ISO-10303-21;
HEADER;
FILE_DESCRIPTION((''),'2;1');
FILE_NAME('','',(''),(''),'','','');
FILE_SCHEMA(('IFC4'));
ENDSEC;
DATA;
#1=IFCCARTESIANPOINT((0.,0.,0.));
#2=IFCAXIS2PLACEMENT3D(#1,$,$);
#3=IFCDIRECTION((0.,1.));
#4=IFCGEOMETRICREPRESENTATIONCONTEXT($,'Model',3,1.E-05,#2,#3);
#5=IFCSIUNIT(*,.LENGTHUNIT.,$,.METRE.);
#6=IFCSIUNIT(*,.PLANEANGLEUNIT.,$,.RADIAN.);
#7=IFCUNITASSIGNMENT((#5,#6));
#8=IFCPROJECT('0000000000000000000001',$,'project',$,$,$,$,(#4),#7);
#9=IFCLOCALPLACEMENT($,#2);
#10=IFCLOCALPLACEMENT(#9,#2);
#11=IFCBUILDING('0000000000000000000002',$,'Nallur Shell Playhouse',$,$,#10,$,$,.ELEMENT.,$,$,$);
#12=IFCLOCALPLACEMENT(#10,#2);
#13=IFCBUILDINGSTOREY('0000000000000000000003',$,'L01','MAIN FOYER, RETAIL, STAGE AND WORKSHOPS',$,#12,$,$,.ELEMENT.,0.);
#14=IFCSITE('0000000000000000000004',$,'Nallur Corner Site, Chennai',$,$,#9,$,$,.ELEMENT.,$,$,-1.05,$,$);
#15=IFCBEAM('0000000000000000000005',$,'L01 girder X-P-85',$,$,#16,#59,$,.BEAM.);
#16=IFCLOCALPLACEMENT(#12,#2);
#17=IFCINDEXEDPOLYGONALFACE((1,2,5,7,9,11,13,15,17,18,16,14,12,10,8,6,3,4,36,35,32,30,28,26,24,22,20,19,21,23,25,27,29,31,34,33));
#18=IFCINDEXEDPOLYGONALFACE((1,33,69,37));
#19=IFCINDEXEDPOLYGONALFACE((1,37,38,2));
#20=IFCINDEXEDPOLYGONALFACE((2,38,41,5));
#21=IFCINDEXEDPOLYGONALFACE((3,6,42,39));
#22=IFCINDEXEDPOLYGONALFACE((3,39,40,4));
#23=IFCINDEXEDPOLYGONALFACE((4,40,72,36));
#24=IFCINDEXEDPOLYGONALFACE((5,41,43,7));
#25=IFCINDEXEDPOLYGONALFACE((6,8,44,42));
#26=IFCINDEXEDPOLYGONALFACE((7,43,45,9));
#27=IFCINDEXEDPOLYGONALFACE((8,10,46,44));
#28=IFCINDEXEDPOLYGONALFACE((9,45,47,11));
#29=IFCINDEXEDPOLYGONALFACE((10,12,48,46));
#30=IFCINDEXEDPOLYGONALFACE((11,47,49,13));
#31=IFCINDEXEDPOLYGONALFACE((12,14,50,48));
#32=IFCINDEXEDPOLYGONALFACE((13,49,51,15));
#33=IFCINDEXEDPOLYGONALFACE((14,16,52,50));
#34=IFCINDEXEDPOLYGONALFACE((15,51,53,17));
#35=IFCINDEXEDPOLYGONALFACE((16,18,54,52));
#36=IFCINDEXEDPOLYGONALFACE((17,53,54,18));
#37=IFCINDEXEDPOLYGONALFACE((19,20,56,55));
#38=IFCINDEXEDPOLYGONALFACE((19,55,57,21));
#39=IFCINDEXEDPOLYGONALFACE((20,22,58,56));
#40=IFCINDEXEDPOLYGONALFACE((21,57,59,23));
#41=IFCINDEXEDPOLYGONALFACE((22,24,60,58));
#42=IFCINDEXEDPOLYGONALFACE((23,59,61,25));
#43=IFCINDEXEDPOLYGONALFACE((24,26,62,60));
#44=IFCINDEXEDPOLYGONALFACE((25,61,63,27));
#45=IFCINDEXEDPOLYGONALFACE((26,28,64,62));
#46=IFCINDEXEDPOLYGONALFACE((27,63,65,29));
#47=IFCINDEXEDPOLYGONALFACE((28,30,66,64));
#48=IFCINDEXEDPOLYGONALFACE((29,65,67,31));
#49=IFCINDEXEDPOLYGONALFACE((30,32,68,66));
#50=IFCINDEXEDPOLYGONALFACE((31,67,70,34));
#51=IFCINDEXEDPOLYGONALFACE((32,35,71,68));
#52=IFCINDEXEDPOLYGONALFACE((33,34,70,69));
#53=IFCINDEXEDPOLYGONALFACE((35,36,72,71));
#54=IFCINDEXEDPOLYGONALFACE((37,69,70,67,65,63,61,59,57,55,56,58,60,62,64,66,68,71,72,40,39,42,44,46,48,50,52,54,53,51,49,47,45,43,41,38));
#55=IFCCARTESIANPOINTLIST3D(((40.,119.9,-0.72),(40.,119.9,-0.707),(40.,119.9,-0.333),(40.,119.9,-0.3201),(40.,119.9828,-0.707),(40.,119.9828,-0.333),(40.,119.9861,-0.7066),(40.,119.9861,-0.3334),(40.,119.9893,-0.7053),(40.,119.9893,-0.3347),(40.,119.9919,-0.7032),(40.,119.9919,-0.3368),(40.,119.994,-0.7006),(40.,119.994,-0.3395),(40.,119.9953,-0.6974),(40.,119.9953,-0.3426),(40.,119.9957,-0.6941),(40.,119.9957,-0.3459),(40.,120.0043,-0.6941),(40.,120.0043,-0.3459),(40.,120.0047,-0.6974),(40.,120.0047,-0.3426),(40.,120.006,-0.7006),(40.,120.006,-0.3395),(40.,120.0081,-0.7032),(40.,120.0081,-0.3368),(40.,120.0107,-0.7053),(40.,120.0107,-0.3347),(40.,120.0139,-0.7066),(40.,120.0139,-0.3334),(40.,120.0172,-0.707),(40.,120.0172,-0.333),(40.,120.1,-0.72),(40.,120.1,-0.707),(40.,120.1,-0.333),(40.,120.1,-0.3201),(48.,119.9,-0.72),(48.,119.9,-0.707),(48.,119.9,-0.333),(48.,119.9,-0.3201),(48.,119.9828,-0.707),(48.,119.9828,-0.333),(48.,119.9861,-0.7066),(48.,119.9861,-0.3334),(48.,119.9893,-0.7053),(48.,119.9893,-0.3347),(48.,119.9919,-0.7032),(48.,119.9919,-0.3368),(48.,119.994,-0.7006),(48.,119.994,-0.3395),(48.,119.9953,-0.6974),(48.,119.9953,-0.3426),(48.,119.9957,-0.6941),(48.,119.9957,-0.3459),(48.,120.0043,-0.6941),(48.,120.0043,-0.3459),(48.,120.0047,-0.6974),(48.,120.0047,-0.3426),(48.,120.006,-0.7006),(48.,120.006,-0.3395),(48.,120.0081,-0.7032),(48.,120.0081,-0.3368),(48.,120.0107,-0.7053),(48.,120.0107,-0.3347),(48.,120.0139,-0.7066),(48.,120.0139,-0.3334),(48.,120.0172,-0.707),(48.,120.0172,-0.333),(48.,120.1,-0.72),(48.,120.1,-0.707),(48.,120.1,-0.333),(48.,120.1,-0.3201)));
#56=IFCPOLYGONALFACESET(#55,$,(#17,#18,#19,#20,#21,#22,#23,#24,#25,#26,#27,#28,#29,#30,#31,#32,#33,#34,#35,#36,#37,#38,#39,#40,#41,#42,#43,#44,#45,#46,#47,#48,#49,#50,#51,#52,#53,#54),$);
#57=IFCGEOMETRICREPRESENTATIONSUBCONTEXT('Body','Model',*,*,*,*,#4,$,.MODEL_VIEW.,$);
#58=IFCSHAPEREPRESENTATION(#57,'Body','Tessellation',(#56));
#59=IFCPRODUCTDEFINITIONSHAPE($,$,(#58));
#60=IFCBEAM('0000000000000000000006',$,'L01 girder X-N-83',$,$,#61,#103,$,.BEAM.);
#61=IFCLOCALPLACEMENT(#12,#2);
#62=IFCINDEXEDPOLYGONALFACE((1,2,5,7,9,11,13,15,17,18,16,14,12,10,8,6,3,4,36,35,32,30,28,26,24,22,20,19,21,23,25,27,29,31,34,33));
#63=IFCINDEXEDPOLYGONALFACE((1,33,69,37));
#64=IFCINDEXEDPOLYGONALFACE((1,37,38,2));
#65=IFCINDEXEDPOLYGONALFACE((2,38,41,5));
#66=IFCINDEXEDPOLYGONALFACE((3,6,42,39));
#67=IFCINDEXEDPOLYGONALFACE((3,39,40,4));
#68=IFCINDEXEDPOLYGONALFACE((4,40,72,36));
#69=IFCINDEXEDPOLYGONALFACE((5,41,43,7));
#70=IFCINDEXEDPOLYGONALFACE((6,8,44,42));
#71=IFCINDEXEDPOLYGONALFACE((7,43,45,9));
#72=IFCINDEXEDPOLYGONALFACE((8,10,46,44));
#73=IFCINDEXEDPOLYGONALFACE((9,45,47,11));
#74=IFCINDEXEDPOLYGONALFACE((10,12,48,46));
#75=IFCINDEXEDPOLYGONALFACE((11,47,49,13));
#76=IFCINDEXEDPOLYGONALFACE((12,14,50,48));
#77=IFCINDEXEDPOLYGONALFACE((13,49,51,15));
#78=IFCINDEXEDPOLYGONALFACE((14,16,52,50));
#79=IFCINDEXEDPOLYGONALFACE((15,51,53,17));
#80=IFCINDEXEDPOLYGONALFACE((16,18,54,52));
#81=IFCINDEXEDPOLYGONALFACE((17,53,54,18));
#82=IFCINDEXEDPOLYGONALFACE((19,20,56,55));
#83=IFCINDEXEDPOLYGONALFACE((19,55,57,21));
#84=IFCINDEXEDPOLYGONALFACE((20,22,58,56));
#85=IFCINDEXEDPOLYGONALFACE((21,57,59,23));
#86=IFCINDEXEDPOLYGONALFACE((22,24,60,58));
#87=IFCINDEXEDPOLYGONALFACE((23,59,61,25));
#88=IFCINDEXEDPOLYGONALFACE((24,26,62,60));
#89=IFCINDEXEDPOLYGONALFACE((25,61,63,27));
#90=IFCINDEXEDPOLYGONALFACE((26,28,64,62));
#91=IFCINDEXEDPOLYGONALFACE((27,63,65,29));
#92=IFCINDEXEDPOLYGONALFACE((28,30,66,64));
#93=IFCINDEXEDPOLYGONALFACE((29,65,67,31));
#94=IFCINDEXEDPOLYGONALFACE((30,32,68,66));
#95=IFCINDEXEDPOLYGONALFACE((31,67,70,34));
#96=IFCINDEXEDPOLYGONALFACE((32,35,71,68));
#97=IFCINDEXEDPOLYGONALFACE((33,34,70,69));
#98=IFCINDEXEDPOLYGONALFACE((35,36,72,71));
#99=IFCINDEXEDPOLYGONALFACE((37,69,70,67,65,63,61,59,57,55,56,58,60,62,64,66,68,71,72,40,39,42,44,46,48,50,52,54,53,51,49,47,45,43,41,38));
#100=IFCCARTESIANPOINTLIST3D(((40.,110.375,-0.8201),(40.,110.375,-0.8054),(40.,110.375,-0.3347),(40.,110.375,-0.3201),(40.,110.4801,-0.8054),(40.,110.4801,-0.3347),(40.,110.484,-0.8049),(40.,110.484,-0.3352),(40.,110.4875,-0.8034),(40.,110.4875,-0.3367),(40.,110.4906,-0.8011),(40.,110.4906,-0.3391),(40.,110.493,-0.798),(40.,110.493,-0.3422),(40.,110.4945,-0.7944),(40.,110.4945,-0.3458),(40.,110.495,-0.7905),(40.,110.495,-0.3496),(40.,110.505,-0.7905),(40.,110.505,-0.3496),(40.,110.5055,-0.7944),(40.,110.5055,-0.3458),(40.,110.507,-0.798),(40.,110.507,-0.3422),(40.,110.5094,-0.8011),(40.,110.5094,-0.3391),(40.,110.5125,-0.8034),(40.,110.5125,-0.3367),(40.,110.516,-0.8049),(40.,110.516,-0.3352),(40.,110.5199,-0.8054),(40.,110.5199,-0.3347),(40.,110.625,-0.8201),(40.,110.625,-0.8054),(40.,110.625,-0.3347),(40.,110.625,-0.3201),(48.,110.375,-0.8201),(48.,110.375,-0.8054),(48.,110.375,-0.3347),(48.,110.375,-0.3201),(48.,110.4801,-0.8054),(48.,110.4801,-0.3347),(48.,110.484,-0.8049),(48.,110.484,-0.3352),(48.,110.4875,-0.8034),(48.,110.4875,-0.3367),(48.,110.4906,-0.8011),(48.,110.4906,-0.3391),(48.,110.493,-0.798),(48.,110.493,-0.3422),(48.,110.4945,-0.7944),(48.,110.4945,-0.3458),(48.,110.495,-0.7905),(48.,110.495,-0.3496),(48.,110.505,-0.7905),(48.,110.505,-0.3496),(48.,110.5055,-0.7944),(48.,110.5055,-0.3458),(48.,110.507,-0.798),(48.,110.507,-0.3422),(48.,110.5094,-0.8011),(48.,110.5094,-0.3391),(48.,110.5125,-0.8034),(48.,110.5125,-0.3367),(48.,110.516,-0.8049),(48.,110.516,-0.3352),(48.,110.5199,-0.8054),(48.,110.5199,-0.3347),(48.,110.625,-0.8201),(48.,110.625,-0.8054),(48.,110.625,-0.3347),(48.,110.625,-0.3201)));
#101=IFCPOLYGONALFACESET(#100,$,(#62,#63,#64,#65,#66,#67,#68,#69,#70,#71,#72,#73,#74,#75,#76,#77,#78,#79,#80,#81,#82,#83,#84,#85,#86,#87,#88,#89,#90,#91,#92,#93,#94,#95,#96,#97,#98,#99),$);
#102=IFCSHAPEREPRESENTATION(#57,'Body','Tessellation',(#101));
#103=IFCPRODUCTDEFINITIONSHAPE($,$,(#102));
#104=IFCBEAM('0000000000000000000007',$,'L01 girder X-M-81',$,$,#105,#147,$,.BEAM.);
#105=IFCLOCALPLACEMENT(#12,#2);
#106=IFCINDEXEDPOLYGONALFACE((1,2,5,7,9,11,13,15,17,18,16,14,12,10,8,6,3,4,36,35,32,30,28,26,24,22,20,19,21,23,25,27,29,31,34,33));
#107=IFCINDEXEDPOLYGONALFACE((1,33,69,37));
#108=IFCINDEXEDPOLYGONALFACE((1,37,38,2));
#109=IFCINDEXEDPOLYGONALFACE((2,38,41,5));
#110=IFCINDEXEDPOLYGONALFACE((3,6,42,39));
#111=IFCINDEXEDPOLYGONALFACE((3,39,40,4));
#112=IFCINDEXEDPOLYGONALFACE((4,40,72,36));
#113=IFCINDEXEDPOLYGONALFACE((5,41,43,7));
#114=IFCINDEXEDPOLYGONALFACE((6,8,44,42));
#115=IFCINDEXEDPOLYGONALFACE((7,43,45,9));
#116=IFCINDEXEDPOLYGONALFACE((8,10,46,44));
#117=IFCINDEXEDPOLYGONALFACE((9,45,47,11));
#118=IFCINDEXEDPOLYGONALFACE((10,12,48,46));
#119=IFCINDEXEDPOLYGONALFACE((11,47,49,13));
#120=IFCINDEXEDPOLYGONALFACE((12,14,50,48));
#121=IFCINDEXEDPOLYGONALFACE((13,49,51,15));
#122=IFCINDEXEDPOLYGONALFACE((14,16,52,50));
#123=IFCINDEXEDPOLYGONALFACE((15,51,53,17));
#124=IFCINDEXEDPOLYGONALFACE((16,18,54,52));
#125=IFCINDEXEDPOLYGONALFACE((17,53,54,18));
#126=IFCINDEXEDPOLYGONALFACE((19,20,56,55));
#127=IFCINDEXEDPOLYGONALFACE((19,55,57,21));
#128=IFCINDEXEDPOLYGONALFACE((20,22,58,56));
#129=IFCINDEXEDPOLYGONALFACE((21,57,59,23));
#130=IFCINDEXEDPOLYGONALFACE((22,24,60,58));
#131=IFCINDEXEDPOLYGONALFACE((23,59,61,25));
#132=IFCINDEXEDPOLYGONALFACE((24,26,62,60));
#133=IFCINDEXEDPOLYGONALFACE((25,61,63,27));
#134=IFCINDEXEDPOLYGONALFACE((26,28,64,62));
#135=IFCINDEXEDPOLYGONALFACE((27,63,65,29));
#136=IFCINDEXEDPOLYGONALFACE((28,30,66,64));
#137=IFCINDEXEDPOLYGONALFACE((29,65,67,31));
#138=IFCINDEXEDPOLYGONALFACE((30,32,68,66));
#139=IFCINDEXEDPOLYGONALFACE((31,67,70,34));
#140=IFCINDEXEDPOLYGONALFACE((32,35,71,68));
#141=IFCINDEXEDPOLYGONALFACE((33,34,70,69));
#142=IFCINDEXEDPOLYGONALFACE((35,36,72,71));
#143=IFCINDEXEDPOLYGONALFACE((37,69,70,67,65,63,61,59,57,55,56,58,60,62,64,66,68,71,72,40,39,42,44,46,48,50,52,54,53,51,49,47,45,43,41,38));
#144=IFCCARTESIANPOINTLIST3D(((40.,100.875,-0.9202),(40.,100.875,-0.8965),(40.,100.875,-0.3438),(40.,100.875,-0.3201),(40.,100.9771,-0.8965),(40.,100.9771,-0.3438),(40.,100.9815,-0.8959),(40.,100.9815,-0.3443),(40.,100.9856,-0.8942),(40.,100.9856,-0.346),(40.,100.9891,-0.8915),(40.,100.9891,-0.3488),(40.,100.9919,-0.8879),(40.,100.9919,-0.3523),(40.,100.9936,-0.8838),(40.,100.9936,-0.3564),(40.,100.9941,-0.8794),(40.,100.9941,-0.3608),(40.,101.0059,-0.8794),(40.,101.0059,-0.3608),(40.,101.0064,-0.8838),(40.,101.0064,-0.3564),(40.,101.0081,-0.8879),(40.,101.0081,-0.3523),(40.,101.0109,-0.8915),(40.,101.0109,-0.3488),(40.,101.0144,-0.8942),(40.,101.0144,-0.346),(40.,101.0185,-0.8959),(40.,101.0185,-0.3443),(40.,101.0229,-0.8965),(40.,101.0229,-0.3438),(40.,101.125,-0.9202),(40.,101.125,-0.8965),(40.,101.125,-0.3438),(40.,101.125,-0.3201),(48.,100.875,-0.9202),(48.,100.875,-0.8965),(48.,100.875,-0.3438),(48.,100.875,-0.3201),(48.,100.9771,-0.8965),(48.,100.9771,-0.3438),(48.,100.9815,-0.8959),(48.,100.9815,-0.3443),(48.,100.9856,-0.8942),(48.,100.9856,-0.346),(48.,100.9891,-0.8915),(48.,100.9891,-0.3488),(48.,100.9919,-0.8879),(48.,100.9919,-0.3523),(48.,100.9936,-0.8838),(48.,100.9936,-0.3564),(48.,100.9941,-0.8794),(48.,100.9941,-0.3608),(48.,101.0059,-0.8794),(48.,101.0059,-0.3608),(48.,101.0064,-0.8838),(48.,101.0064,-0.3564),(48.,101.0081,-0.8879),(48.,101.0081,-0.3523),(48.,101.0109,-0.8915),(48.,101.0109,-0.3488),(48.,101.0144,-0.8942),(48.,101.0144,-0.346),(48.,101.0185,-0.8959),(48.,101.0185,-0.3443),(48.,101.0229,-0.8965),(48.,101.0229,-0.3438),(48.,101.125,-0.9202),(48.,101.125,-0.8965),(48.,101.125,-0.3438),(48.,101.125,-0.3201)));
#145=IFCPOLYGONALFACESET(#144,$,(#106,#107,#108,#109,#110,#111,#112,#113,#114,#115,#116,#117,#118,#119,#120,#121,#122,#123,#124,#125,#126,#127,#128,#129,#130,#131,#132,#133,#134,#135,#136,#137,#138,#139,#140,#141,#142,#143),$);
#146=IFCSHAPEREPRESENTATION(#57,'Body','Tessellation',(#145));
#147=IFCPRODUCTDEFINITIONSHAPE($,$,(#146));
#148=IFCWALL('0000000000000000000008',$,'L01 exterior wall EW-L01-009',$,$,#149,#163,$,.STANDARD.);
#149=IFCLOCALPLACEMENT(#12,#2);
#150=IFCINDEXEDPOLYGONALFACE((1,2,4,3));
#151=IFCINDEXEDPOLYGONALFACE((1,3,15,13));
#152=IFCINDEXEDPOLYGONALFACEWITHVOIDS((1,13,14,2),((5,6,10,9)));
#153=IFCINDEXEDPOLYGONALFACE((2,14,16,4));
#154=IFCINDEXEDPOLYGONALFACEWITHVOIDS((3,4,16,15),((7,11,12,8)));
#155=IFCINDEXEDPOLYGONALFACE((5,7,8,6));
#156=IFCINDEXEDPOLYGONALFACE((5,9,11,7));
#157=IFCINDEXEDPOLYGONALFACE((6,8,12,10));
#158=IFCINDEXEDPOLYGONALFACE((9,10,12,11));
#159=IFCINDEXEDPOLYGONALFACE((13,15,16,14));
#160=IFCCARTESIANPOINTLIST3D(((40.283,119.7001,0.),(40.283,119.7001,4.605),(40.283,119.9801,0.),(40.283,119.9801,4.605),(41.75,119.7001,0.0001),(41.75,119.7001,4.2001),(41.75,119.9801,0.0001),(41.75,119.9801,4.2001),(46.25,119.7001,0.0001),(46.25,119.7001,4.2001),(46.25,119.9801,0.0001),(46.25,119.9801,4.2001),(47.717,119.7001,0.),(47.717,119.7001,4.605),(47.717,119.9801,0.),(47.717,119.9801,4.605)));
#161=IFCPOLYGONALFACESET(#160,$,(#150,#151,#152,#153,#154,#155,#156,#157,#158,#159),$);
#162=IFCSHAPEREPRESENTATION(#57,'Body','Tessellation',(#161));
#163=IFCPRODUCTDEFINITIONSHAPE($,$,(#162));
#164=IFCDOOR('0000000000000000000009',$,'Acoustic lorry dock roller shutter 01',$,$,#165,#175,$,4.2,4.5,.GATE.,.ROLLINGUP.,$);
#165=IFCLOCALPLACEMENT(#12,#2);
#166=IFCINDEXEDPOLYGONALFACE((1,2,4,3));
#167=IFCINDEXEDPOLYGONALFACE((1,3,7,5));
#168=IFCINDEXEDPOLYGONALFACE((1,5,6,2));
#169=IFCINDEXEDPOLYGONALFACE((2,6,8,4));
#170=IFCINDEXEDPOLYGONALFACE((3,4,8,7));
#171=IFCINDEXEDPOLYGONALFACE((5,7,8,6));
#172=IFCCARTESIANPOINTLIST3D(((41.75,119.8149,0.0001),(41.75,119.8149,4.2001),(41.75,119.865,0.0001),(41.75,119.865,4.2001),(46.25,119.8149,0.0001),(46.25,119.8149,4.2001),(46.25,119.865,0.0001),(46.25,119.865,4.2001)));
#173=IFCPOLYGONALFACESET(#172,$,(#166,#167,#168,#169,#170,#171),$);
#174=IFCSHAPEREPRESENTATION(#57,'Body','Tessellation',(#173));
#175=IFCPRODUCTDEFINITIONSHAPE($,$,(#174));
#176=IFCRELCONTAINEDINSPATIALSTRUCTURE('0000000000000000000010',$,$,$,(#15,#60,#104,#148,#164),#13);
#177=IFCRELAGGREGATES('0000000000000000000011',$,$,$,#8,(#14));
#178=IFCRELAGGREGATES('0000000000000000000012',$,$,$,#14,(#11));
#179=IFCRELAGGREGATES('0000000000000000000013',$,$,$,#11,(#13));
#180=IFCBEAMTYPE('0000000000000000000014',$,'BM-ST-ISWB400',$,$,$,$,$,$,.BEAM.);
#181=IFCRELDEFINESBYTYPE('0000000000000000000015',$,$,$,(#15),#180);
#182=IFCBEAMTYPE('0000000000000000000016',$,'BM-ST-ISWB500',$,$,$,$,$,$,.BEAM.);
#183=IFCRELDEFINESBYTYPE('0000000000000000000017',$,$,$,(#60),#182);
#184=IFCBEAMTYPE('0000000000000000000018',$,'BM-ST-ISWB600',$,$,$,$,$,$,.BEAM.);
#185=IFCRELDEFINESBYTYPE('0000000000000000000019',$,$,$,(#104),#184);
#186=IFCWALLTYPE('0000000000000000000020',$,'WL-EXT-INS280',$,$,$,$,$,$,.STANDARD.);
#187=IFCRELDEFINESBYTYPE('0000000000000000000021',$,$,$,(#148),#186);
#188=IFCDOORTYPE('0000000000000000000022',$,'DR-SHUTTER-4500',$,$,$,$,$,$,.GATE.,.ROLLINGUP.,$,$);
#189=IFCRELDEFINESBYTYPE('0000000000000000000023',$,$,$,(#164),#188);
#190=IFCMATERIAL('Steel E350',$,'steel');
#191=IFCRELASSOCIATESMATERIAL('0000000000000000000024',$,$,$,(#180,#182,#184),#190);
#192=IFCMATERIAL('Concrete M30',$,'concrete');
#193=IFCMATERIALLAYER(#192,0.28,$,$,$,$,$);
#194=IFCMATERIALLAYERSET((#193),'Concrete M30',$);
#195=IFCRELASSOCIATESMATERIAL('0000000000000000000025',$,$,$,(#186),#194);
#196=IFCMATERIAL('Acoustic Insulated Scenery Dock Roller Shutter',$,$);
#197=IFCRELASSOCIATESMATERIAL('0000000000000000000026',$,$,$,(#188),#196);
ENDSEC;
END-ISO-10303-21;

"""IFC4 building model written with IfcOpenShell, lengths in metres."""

from ifc_helpers import new_model, si_unit, direction, frame, frame_2d, origin, origin_2d, place, context, subcontext, project, spatial, rectangle, i_section, extrude, material, layer, layer_set, material_profile, profile_set, type_object, element, fill, save


model = new_model("IFC4")

# Units and contexts
model_context = context("Model", 3, precision=1e-05, world=origin(), true_north=direction((0.0, 1.0)))
body_context = subcontext(model_context, "Body", "Model", "MODEL_VIEW")
ifc_project = project(units=[si_unit("LENGTHUNIT", "METRE"), si_unit("PLANEANGLEUNIT", "RADIAN")], contexts=[model_context])

# Site, building, storey
site_placement = place(None, origin())
site = spatial("IfcSite", under=ifc_project, at=site_placement, Name="Nallur Corner Site, Chennai", CompositionType="ELEMENT", RefElevation=-1.05)
building_placement = place(site_placement, origin())
building = spatial("IfcBuilding", under=site, at=building_placement, Name="Nallur Shell Playhouse", CompositionType="ELEMENT")
storey_placement = place(building_placement, origin())
storey = spatial("IfcBuildingStorey", under=building, at=storey_placement, Name="L01", Description="MAIN FOYER, RETAIL, STAGE AND WORKSHOPS", CompositionType="ELEMENT", Elevation=0.0)

# Beams
ifc_material_1 = material(Name="Concrete M30", Category="concrete")
ifc_material_2 = material(Name="Steel E350", Category="steel")
ifc_material_profile_1 = material_profile(ifc_material_2, i_section(OverallWidth=0.2, OverallDepth=0.3999, WebThickness=0.0085, FlangeThickness=0.0129, FilletRadius=0.0129, at=origin_2d()), Name="ISWB 400")
ifc_profile_set_1 = profile_set([ifc_material_profile_1], Name="Steel E350")
beam_type_1 = type_object("IfcBeamType", Name="BM-ST-ISWB400", PredefinedType="BEAM", material=ifc_profile_set_1)
beam_1_placement = place(storey_placement, frame((40.0, 120.0, -0.52), z_axis=(1.0, 0.0, 0.0), x_axis=(0.0, 1.0, 0.0)))
element("IfcBeam", 1, at=beam_1_placement, inside=storey, type_object=beam_type_1, Name="L01 girder X-P-85", PredefinedType="BEAM", context=body_context, shape_type="SweptSolid", body=[
    extrude(i_section(OverallWidth=0.2, OverallDepth=0.3999, WebThickness=0.0085, FlangeThickness=0.0129, FilletRadius=0.0129, at=origin_2d()), origin(), (0.0, 0.0, 1.0), 8.0),
])
ifc_material_profile_2 = material_profile(ifc_material_2, i_section(OverallWidth=0.25, OverallDepth=0.5, WebThickness=0.01, FlangeThickness=0.0146, FilletRadius=0.0149, at=origin_2d()), Name="ISWB 500")
ifc_profile_set_2 = profile_set([ifc_material_profile_2], Name="Steel E350")
beam_type_2 = type_object("IfcBeamType", Name="BM-ST-ISWB500", PredefinedType="BEAM", material=ifc_profile_set_2)
beam_2_placement = place(storey_placement, frame((40.0, 110.5, -0.5701), z_axis=(1.0, 0.0, 0.0), x_axis=(0.0, 1.0, 0.0)))
element("IfcBeam", 2, at=beam_2_placement, inside=storey, type_object=beam_type_2, Name="L01 girder X-N-83", PredefinedType="BEAM", context=body_context, shape_type="SweptSolid", body=[
    extrude(i_section(OverallWidth=0.25, OverallDepth=0.5, WebThickness=0.01, FlangeThickness=0.0146, FilletRadius=0.0149, at=origin_2d()), origin(), (0.0, 0.0, 1.0), 8.0),
])
ifc_material_profile_3 = material_profile(ifc_material_2, i_section(OverallWidth=0.25, OverallDepth=0.6001, WebThickness=0.0117, FlangeThickness=0.0237, FilletRadius=0.0171, at=origin_2d()), Name="ISWB 600")
ifc_profile_set_3 = profile_set([ifc_material_profile_3], Name="Steel E350")
beam_type_3 = type_object("IfcBeamType", Name="BM-ST-ISWB600", PredefinedType="BEAM", material=ifc_profile_set_3)
beam_3_placement = place(storey_placement, frame((40.0, 101.0, -0.6201), z_axis=(1.0, 0.0, 0.0), x_axis=(0.0, 1.0, 0.0)))
element("IfcBeam", 3, at=beam_3_placement, inside=storey, type_object=beam_type_3, Name="L01 girder X-M-81", PredefinedType="BEAM", context=body_context, shape_type="SweptSolid", body=[
    extrude(i_section(OverallWidth=0.25, OverallDepth=0.6001, WebThickness=0.0117, FlangeThickness=0.0237, FilletRadius=0.0171, at=origin_2d()), origin(), (0.0, 0.0, 1.0), 8.0),
])

# Wall, opening, door
ifc_layer_1 = layer(ifc_material_1, 0.28)
ifc_layer_set_1 = layer_set([ifc_layer_1], Name="Concrete M30")
wall_type_1 = type_object("IfcWallType", Name="WL-EXT-INS280", PredefinedType="STANDARD", material=ifc_layer_set_1)
wall_1_placement = place(storey_placement, frame((40.283, 119.8401, 0.0), z_axis=(0.0, 0.0, 1.0), x_axis=(1.0, 0.0, 0.0)))
wall_1 = element("IfcWall", 4, at=wall_1_placement, inside=storey, type_object=wall_type_1, Name="L01 exterior wall EW-L01-009", PredefinedType="STANDARD", context=body_context, shape_type="SweptSolid", body=[
    extrude(rectangle(XDim=7.4341, YDim=0.28, at=frame_2d((3.717, 0.0))), origin(), (0.0, 0.0, 1.0), 4.605),
])
opening_1_placement = place(wall_1_placement, frame((1.467, 0.0, 0.0)))
opening_1 = element("IfcOpeningElement", 5, at=opening_1_placement, cuts=wall_1, PredefinedType="OPENING", context=body_context, shape_type="SweptSolid", body=[
    extrude(rectangle(XDim=4.5, YDim=4.2, at=frame_2d((2.25, 2.1001))), frame((0.0, 0.1499, 0.0), z_axis=(0.0, -1.0, 0.0), x_axis=(1.0, 0.0, 0.0)), (0.0, 0.0, 1.0), 0.3),
])
ifc_material_3 = material(Name="Acoustic Insulated Scenery Dock Roller Shutter")
door_type_1 = type_object("IfcDoorType", Name="DR-SHUTTER-4500", OperationType="ROLLINGUP", PredefinedType="GATE", material=ifc_material_3)
door_1_placement = place(opening_1_placement, origin())
door_1 = element("IfcDoor", 6, at=door_1_placement, inside=storey, type_object=door_type_1, Name="Acoustic lorry dock roller shutter 01", OperationType="ROLLINGUP", OverallHeight=4.2, OverallWidth=4.5, PredefinedType="GATE", context=body_context, shape_type="SweptSolid", body=[
    extrude(rectangle(XDim=4.5, YDim=4.2, at=frame_2d((2.25, 2.1001))), frame((0.0, 0.0249, 0.0), z_axis=(0.0, -1.0, 0.0), x_axis=(1.0, 0.0, 0.0)), (0.0, 0.0, 1.0), 0.05),
])
fill(opening_1, door_1)

save(model, "model.ifc")
